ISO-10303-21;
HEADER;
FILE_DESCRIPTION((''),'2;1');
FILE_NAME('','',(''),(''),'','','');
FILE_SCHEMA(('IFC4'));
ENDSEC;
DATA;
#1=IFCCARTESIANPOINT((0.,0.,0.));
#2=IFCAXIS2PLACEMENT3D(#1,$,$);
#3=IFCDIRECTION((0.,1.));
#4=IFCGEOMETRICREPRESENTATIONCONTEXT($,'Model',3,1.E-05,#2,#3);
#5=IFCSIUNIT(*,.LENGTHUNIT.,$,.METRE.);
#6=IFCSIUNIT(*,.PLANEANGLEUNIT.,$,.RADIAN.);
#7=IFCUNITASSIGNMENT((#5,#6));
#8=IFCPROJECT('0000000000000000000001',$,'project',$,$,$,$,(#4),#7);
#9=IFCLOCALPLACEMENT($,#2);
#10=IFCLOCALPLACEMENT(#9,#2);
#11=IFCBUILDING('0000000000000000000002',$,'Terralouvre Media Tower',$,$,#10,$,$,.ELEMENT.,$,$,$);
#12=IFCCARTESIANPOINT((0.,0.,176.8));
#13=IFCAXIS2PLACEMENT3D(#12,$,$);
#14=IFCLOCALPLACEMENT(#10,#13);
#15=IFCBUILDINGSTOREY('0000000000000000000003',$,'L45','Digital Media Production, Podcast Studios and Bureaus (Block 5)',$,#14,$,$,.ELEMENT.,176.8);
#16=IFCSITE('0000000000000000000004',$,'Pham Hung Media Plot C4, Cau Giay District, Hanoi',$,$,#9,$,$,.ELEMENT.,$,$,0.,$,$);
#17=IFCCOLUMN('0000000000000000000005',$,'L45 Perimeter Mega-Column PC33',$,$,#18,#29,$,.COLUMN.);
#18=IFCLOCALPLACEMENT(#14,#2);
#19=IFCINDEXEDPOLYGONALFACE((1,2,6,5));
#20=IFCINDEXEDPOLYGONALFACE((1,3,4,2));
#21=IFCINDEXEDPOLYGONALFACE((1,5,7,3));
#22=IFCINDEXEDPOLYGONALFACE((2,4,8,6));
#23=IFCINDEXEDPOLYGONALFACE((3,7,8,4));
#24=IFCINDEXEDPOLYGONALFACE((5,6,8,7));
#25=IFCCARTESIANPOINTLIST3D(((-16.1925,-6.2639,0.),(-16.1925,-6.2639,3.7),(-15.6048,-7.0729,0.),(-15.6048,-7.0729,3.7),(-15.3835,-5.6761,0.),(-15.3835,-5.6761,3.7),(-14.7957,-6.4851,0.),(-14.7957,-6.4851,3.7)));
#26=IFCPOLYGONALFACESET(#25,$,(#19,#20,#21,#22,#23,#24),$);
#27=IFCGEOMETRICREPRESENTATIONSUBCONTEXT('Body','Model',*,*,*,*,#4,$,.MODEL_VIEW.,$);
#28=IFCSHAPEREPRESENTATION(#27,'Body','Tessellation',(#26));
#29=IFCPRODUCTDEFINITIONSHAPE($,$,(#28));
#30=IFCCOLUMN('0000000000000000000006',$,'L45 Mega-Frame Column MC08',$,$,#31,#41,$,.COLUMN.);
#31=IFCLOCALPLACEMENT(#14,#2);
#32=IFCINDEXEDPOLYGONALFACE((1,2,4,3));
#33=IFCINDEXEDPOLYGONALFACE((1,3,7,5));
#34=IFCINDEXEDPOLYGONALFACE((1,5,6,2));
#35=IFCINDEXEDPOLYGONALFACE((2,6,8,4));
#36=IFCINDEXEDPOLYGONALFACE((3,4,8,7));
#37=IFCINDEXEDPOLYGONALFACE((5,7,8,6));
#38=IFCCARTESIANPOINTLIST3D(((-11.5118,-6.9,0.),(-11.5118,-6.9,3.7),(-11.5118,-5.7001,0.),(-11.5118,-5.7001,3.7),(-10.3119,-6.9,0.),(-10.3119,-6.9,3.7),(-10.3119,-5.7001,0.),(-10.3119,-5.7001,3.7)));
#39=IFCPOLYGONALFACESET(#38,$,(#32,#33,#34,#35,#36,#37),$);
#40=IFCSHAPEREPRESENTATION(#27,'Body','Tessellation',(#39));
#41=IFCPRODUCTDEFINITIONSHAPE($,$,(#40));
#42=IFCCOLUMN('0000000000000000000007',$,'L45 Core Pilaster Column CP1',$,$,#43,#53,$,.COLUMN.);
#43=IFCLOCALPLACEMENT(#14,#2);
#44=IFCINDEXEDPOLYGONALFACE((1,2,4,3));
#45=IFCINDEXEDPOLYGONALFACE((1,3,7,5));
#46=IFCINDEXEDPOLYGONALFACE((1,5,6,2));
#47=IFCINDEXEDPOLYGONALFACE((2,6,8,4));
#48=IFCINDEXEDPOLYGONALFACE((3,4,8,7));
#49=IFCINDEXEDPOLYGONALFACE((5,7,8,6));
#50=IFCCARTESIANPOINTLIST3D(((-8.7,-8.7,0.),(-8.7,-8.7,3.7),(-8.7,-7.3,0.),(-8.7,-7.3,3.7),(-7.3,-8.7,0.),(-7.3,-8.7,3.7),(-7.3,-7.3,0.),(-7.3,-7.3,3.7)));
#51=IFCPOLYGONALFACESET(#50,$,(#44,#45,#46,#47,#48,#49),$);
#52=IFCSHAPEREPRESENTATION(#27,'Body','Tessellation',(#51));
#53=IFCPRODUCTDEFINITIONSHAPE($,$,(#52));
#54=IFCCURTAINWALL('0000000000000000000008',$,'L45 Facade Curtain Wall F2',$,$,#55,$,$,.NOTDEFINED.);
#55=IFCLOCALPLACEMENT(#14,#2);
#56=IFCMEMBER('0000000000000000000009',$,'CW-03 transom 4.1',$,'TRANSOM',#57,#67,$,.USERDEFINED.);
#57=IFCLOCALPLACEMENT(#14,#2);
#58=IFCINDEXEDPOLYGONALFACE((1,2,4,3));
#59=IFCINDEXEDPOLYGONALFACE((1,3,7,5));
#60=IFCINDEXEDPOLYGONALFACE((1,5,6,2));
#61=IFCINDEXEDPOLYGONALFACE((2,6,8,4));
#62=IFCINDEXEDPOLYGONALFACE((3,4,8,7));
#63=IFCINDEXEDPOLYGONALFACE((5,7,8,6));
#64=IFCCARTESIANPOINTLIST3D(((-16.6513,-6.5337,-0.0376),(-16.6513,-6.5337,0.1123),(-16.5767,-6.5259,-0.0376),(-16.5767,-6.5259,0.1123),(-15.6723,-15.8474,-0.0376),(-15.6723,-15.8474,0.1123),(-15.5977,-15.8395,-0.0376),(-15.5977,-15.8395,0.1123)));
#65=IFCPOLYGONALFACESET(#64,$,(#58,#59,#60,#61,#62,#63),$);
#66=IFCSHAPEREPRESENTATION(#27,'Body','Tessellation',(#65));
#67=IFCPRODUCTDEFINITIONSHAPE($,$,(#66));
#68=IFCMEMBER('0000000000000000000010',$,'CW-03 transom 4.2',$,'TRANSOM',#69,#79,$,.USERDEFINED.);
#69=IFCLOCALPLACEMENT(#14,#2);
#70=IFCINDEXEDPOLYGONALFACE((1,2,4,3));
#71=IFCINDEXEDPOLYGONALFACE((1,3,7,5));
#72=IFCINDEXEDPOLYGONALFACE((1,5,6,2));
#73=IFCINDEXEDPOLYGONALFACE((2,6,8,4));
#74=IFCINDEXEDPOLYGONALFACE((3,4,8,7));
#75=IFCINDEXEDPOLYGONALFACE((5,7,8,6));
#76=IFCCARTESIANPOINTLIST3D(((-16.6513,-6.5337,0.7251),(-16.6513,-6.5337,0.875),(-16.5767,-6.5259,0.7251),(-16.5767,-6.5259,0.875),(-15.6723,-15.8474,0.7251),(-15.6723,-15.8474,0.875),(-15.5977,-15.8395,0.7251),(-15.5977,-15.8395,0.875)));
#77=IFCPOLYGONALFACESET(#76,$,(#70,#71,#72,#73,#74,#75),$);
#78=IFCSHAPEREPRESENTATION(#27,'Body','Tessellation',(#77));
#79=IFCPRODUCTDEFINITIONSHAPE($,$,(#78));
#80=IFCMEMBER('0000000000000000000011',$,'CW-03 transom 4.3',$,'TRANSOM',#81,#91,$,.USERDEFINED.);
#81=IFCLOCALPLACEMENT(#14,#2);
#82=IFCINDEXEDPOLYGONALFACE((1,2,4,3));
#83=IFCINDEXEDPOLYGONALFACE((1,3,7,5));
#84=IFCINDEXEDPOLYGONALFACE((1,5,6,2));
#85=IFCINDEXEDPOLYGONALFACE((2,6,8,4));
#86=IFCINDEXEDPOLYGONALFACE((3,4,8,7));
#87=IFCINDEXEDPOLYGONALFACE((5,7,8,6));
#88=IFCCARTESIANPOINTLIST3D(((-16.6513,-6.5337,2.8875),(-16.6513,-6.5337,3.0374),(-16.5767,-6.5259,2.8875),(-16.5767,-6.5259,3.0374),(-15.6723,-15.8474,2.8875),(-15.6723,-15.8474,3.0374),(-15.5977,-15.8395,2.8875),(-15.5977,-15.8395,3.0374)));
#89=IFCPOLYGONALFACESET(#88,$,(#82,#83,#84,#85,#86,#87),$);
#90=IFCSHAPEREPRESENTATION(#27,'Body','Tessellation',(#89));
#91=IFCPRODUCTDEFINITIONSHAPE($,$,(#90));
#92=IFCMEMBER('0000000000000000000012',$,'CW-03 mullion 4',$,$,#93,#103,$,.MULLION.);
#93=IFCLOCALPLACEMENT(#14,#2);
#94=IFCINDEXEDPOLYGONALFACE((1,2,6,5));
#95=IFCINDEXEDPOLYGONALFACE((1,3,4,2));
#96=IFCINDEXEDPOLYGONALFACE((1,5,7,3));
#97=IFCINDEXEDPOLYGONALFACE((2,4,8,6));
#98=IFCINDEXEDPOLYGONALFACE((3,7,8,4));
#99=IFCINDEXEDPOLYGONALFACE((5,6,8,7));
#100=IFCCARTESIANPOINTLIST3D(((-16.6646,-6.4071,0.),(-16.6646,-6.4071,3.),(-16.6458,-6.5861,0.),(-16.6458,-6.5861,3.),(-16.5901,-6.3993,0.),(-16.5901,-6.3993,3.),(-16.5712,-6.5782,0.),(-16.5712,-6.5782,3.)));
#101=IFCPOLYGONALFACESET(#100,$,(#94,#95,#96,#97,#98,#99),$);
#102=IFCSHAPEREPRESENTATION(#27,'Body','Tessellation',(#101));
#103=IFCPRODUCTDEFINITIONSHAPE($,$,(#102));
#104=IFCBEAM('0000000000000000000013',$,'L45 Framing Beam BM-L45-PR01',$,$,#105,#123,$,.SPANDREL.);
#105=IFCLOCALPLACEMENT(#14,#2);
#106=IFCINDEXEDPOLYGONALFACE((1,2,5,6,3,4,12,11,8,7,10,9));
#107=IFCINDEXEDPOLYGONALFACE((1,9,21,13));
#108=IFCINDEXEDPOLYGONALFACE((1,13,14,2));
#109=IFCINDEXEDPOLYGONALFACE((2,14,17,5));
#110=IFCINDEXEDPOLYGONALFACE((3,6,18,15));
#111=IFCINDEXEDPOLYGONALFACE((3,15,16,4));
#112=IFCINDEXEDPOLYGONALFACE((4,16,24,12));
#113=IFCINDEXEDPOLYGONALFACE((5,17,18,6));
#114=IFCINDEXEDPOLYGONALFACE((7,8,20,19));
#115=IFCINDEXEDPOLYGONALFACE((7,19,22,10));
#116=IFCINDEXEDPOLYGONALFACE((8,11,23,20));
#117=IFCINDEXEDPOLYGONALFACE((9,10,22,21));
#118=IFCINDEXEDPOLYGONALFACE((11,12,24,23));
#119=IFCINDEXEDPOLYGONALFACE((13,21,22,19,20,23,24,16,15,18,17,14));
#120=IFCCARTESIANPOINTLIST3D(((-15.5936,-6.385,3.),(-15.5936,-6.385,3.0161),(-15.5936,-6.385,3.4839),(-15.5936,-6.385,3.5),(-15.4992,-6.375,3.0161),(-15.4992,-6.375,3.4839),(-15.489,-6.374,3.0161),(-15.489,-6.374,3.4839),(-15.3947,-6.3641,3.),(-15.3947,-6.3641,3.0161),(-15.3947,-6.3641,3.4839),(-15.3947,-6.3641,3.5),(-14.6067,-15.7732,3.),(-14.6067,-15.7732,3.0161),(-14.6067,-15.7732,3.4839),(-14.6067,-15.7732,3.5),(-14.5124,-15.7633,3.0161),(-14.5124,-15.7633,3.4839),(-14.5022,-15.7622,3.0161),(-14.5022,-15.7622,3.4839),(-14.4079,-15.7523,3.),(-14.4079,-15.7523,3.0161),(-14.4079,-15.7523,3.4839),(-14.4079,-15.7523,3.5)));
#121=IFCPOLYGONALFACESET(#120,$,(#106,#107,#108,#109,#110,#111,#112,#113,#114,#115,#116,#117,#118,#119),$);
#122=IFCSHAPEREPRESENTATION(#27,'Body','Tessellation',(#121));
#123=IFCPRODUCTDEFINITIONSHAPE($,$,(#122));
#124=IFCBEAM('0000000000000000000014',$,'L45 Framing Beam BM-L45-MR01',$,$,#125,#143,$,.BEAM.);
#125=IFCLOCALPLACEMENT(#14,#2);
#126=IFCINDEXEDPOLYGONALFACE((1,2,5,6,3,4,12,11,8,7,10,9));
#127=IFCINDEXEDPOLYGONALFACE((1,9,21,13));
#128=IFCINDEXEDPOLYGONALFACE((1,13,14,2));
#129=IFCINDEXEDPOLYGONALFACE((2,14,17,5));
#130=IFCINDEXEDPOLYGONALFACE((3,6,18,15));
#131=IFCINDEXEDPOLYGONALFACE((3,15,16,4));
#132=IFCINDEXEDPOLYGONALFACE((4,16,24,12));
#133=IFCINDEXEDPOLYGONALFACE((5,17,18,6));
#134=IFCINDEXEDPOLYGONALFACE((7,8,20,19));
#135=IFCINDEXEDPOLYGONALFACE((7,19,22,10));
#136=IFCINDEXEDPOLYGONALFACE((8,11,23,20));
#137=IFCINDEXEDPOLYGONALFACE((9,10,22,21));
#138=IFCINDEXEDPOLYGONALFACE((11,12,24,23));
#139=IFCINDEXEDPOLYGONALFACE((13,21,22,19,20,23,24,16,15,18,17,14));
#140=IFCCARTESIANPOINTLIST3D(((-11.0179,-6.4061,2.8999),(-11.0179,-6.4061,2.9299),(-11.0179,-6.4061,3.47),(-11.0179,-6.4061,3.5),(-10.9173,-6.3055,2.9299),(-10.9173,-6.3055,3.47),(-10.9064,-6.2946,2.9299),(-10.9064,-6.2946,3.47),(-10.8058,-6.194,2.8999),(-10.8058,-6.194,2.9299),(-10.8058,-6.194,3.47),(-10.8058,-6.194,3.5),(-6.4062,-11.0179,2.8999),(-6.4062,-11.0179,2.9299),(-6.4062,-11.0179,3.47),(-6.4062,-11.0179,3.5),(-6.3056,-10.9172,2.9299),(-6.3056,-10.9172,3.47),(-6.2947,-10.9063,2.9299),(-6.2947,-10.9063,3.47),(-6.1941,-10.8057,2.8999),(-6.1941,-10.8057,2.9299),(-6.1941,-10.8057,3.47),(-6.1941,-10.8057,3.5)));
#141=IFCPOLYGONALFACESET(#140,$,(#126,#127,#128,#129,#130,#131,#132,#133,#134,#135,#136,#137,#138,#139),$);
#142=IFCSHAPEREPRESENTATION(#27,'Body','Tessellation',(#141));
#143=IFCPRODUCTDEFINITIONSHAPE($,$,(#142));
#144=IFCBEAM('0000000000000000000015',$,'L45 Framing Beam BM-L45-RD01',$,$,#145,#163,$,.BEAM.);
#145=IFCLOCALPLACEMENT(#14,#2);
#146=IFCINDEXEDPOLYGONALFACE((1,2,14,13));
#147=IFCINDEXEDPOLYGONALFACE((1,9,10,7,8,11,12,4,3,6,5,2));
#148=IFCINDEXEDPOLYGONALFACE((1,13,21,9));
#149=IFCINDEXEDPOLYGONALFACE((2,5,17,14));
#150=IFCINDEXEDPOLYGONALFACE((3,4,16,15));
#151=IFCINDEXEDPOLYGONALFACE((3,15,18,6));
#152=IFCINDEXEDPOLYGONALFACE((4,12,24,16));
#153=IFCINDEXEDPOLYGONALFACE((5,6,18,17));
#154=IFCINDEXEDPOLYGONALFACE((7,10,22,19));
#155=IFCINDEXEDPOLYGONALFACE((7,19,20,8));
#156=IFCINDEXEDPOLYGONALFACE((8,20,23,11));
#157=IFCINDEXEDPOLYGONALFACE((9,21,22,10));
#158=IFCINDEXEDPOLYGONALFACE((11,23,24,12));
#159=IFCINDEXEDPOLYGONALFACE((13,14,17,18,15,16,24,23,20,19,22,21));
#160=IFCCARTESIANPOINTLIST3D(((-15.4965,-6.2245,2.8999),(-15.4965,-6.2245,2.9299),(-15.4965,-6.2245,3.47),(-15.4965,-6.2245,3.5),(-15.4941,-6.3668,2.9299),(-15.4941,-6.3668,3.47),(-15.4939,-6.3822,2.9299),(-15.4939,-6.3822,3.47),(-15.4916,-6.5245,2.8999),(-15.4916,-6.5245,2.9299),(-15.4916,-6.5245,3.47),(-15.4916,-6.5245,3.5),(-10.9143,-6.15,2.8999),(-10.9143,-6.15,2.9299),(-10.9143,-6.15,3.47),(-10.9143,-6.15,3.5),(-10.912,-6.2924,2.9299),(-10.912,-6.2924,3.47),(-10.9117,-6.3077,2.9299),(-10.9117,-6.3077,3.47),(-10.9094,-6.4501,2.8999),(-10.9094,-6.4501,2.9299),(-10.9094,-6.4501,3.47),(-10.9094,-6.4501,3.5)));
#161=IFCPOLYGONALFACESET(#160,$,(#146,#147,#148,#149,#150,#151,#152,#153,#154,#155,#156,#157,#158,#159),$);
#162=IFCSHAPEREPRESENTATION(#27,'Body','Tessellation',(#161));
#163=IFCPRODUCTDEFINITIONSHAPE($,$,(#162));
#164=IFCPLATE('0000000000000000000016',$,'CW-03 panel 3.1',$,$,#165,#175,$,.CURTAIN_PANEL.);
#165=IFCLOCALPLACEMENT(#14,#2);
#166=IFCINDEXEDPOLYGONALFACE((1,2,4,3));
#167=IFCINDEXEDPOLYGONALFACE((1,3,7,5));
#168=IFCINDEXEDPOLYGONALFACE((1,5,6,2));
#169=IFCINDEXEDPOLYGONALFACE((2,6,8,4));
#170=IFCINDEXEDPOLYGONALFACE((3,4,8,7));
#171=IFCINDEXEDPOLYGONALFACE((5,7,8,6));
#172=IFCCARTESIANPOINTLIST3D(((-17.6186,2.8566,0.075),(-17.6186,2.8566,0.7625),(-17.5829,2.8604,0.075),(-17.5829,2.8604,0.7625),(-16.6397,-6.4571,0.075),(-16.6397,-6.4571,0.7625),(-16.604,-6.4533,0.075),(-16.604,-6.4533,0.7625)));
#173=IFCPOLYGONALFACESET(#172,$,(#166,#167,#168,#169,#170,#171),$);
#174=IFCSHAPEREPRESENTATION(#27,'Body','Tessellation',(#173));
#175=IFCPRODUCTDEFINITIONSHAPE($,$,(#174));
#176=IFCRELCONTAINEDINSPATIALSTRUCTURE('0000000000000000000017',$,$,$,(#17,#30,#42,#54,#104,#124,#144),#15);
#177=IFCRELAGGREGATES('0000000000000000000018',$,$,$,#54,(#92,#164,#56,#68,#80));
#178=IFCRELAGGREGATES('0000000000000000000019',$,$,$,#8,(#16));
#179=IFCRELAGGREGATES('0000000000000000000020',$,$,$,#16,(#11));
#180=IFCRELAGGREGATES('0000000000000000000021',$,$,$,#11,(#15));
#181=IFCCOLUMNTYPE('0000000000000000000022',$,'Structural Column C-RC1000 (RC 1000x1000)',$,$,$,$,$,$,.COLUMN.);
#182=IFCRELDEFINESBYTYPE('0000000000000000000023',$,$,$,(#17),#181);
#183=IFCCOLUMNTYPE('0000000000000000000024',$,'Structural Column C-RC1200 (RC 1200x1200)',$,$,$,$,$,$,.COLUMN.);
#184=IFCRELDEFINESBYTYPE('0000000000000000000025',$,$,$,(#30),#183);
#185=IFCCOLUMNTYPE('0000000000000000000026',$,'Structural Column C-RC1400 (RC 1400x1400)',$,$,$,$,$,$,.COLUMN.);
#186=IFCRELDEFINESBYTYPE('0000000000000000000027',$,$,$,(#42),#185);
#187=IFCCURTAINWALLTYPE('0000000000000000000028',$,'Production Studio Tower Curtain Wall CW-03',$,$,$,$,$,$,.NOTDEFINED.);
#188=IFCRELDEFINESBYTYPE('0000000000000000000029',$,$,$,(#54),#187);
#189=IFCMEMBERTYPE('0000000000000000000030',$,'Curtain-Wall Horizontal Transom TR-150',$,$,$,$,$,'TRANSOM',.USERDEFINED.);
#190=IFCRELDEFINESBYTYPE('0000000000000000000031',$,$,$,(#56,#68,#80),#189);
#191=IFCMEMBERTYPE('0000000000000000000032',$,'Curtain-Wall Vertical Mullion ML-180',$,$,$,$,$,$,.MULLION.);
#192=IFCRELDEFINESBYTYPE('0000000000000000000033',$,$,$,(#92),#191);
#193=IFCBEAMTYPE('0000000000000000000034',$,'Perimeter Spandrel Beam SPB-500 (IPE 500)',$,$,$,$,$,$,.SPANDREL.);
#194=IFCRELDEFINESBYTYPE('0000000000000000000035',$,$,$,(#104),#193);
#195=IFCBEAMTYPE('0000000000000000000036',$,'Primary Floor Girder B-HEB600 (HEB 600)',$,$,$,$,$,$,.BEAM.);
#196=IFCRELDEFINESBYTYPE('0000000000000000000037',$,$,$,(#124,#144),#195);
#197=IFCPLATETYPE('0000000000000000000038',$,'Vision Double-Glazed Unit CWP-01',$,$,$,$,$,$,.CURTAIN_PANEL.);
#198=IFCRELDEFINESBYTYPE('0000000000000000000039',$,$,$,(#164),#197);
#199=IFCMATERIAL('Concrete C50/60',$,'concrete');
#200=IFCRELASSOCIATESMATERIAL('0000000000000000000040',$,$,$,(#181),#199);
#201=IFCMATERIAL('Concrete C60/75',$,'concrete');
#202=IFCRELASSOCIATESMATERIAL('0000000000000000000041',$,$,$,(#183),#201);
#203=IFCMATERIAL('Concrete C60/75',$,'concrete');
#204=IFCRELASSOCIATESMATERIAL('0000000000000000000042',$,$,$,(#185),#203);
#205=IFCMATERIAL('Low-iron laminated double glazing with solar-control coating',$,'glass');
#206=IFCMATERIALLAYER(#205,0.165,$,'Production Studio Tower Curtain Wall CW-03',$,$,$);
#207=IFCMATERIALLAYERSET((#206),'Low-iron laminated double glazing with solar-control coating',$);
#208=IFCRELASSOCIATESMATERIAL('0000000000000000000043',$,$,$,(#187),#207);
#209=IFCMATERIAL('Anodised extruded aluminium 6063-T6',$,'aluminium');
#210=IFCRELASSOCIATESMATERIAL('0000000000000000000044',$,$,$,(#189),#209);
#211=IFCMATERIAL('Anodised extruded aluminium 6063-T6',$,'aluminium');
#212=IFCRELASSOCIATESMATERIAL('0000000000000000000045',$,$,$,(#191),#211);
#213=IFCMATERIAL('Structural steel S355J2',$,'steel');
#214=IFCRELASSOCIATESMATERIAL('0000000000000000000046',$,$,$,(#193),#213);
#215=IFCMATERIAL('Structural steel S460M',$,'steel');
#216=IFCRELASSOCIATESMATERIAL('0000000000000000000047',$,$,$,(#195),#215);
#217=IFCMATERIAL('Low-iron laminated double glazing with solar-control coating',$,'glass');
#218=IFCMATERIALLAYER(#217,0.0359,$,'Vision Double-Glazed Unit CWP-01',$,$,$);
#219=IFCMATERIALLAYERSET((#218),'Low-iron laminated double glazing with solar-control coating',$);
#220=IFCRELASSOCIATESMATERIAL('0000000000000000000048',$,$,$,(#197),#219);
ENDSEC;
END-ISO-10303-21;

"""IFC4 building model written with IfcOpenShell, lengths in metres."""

from ifc_helpers import new_model, si_unit, direction, frame, origin, origin_2d, place, context, subcontext, project, spatial, rectangle, i_section, extrude, material, layer, layer_set, material_profile, profile_set, type_object, element, aggregate, save


model = new_model("IFC4")

# Units and contexts
model_context = context("Model", 3, precision=1e-05, world=origin(), true_north=direction((0.0, 1.0)))
body_context = subcontext(model_context, "Body", "Model", "MODEL_VIEW")
ifc_project = project(units=[si_unit("LENGTHUNIT", "METRE"), si_unit("PLANEANGLEUNIT", "RADIAN")], contexts=[model_context])

# Site, building, storey
site_placement = place(None, origin())
site = spatial("IfcSite", under=ifc_project, at=site_placement, Name="Pham Hung Media Plot C4, Cau Giay District, Hanoi", CompositionType="ELEMENT", RefElevation=0.0)
building_placement = place(site_placement, origin())
building = spatial("IfcBuilding", under=site, at=building_placement, Name="Terralouvre Media Tower", CompositionType="ELEMENT")
storey_placement = place(building_placement, frame((0.0, 0.0, 176.8)))
storey = spatial("IfcBuildingStorey", under=building, at=storey_placement, Name="L45", Description="Digital Media Production, Podcast Studios and Bureaus (Block 5)", CompositionType="ELEMENT", Elevation=176.8)

# Columns
ifc_material_1 = material(Name="Concrete C50/60", Category="concrete")
ifc_material_profile_1 = material_profile(ifc_material_1, rectangle(XDim=1.0, YDim=1.0, at=origin_2d()), Name="RC 1000x1000")
ifc_profile_set_1 = profile_set([ifc_material_profile_1], Name="Concrete C50/60")
column_type_1 = type_object("IfcColumnType", Name="Structural Column C-RC1000 (RC 1000x1000)", PredefinedType="COLUMN", material=ifc_profile_set_1)
column_1_placement = place(storey_placement, frame((-15.4941, -6.3745, 0.0), z_axis=(0.0, 0.0, 1.0), x_axis=(0.809017, 0.587785, 0.0)))
element("IfcColumn", 1, at=column_1_placement, inside=storey, type_object=column_type_1, Name="L45 Perimeter Mega-Column PC33", PredefinedType="COLUMN", context=body_context, shape_type="SweptSolid", body=[
    extrude(rectangle(XDim=1.0, YDim=1.0, at=origin_2d()), origin(), (0.0, 0.0, 1.0), 3.7),
])
ifc_material_2 = material(Name="Concrete C60/75", Category="concrete")
ifc_material_profile_2 = material_profile(ifc_material_2, rectangle(XDim=1.2, YDim=1.2, at=origin_2d()), Name="RC 1200x1200")
ifc_profile_set_2 = profile_set([ifc_material_profile_2], Name="Concrete C60/75")
column_type_2 = type_object("IfcColumnType", Name="Structural Column C-RC1200 (RC 1200x1200)", PredefinedType="COLUMN", material=ifc_profile_set_2)
column_2_placement = place(storey_placement, frame((-10.9119, -6.3, 0.0), z_axis=(0.0, 0.0, 1.0), x_axis=(1.0, 0.0, 0.0)))
element("IfcColumn", 2, at=column_2_placement, inside=storey, type_object=column_type_2, Name="L45 Mega-Frame Column MC08", PredefinedType="COLUMN", context=body_context, shape_type="SweptSolid", body=[
    extrude(rectangle(XDim=1.2, YDim=1.2, at=origin_2d()), origin(), (0.0, 0.0, 1.0), 3.7),
])
ifc_material_3 = material(Name="Concrete C60/75", Category="concrete")
ifc_material_profile_3 = material_profile(ifc_material_3, rectangle(XDim=1.3999, YDim=1.3999, at=origin_2d()), Name="RC 1400x1400")
ifc_profile_set_3 = profile_set([ifc_material_profile_3], Name="Concrete C60/75")
column_type_3 = type_object("IfcColumnType", Name="Structural Column C-RC1400 (RC 1400x1400)", PredefinedType="COLUMN", material=ifc_profile_set_3)
column_3_placement = place(storey_placement, frame((-8.0, -8.0, 0.0), z_axis=(0.0, 0.0, 1.0), x_axis=(1.0, 0.0, 0.0)))
element("IfcColumn", 3, at=column_3_placement, inside=storey, type_object=column_type_3, Name="L45 Core Pilaster Column CP1", PredefinedType="COLUMN", context=body_context, shape_type="SweptSolid", body=[
    extrude(rectangle(XDim=1.3999, YDim=1.3999, at=origin_2d()), origin(), (0.0, 0.0, 1.0), 3.7),
])

# Curtain wall, members
ifc_material_4 = material(Name="Low-iron laminated double glazing with solar-control coating", Category="glass")
ifc_layer_1 = layer(ifc_material_4, 0.165, Name="Production Studio Tower Curtain Wall CW-03")
ifc_layer_set_1 = layer_set([ifc_layer_1], Name="Low-iron laminated double glazing with solar-control coating")
curtain_wall_type = type_object("IfcCurtainWallType", Name="Production Studio Tower Curtain Wall CW-03", PredefinedType="NOTDEFINED", material=ifc_layer_set_1)
curtain_wall_placement = place(storey_placement, origin())
curtain_wall = element("IfcCurtainWall", 4, at=curtain_wall_placement, inside=storey, type_object=curtain_wall_type, Name="L45 Facade Curtain Wall F2", PredefinedType="NOTDEFINED")
ifc_material_5 = material(Name="Anodised extruded aluminium 6063-T6", Category="aluminium")
ifc_material_profile_4 = material_profile(ifc_material_5, rectangle(XDim=0.075, YDim=0.1499, at=origin_2d()), Name="ALU 75x150")
ifc_profile_set_4 = profile_set([ifc_material_profile_4], Name="Anodised extruded aluminium 6063-T6")
member_type_1 = type_object("IfcMemberType", Name="Curtain-Wall Horizontal Transom TR-150", ElementType="TRANSOM", PredefinedType="USERDEFINED", material=ifc_profile_set_4)
member_1_placement = place(storey_placement, frame((-16.614, -6.5298, 0.0374), z_axis=(0.104538, -0.994521, 0.0), x_axis=(0.994521, 0.104538, 0.0)))
member_1 = element("IfcMember", 5, at=member_1_placement, type_object=member_type_1, Name="CW-03 transom 4.1", ObjectType="TRANSOM", PredefinedType="USERDEFINED", context=body_context, shape_type="SweptSolid", body=[
    extrude(rectangle(XDim=0.075, YDim=0.1499, at=origin_2d()), origin(), (0.0, 0.0, 1.0), 9.365),
])
member_2_placement = place(storey_placement, frame((-16.614, -6.5298, 0.8), z_axis=(0.104538, -0.994521, 0.0), x_axis=(0.994521, 0.104538, 0.0)))
member_2 = element("IfcMember", 6, at=member_2_placement, type_object=member_type_1, Name="CW-03 transom 4.2", ObjectType="TRANSOM", PredefinedType="USERDEFINED", context=body_context, shape_type="SweptSolid", body=[
    extrude(rectangle(XDim=0.075, YDim=0.1499, at=origin_2d()), origin(), (0.0, 0.0, 1.0), 9.365),
])
member_3_placement = place(storey_placement, frame((-16.614, -6.5298, 2.9624), z_axis=(0.104538, -0.994521, 0.0), x_axis=(0.994521, 0.104538, 0.0)))
member_3 = element("IfcMember", 7, at=member_3_placement, type_object=member_type_1, Name="CW-03 transom 4.3", ObjectType="TRANSOM", PredefinedType="USERDEFINED", context=body_context, shape_type="SweptSolid", body=[
    extrude(rectangle(XDim=0.075, YDim=0.1499, at=origin_2d()), origin(), (0.0, 0.0, 1.0), 9.365),
])
ifc_material_6 = material(Name="Anodised extruded aluminium 6063-T6", Category="aluminium")
ifc_material_profile_5 = material_profile(ifc_material_6, rectangle(XDim=0.075, YDim=0.1799, at=origin_2d()), Name="ALU 75x180")
ifc_profile_set_5 = profile_set([ifc_material_profile_5], Name="Anodised extruded aluminium 6063-T6")
member_type_2 = type_object("IfcMemberType", Name="Curtain-Wall Vertical Mullion ML-180", PredefinedType="MULLION", material=ifc_profile_set_5)
member_4_placement = place(storey_placement, frame((-16.6179, -6.4927, 0.0), z_axis=(0.0, 0.0, 1.0), x_axis=(0.994522, 0.104528, 0.0)))
member_4 = element("IfcMember", 8, at=member_4_placement, type_object=member_type_2, Name="CW-03 mullion 4", PredefinedType="MULLION", context=body_context, shape_type="SweptSolid", body=[
    extrude(rectangle(XDim=0.075, YDim=0.1799, at=origin_2d()), origin(), (0.0, 0.0, 1.0), 3.0),
])

# Beams
ifc_material_7 = material(Name="Structural steel S355J2", Category="steel")
ifc_material_profile_6 = material_profile(ifc_material_7, i_section(OverallWidth=0.2, OverallDepth=0.5, WebThickness=0.0103, FlangeThickness=0.0161, at=origin_2d()), Name="IPE 500")
ifc_profile_set_6 = profile_set([ifc_material_profile_6], Name="Structural steel S355J2")
beam_type_1 = type_object("IfcBeamType", Name="Perimeter Spandrel Beam SPB-500 (IPE 500)", PredefinedType="SPANDREL", material=ifc_profile_set_6)
beam_1_placement = place(storey_placement, frame((-15.4941, -6.3745, 3.25), z_axis=(0.104537, -0.994521, 0.0), x_axis=(0.994521, 0.104537, 0.0)))
element("IfcBeam", 9, at=beam_1_placement, inside=storey, type_object=beam_type_1, Name="L45 Framing Beam BM-L45-PR01", PredefinedType="SPANDREL", context=body_context, shape_type="SweptSolid", body=[
    extrude(i_section(OverallWidth=0.2, OverallDepth=0.5, WebThickness=0.0103, FlangeThickness=0.0161, at=origin_2d()), origin(), (0.0, 0.0, 1.0), 9.4399),
])
ifc_material_8 = material(Name="Structural steel S460M", Category="steel")
ifc_material_profile_7 = material_profile(ifc_material_8, i_section(OverallWidth=0.3, OverallDepth=0.6001, WebThickness=0.0154, FlangeThickness=0.03, at=origin_2d()), Name="HEB 600")
ifc_profile_set_7 = profile_set([ifc_material_profile_7], Name="Structural steel S460M")
beam_type_2 = type_object("IfcBeamType", Name="Primary Floor Girder B-HEB600 (HEB 600)", PredefinedType="BEAM", material=ifc_profile_set_7)
beam_2_placement = place(storey_placement, frame((-10.9119, -6.3, 3.2), z_axis=(0.707107, -0.707107, 0.0), x_axis=(0.707107, 0.707107, 0.0)))
element("IfcBeam", 10, at=beam_2_placement, inside=storey, type_object=beam_type_2, Name="L45 Framing Beam BM-L45-MR01", PredefinedType="BEAM", context=body_context, shape_type="SweptSolid", body=[
    extrude(i_section(OverallWidth=0.3, OverallDepth=0.6001, WebThickness=0.0154, FlangeThickness=0.03, at=origin_2d()), origin(), (0.0, 0.0, 1.0), 6.522),
])
beam_3_placement = place(storey_placement, frame((-10.9119, -6.3, 3.2), z_axis=(-0.999868, -0.016248, 0.0), x_axis=(0.016248, -0.999868, 0.0)))
element("IfcBeam", 11, at=beam_3_placement, inside=storey, type_object=beam_type_2, Name="L45 Framing Beam BM-L45-RD01", PredefinedType="BEAM", context=body_context, shape_type="SweptSolid", body=[
    extrude(i_section(OverallWidth=0.3, OverallDepth=0.6001, WebThickness=0.0154, FlangeThickness=0.03, at=origin_2d()), origin(), (0.0, 0.0, 1.0), 4.5828),
])

# Plate
ifc_material_9 = material(Name="Low-iron laminated double glazing with solar-control coating", Category="glass")
ifc_layer_2 = layer(ifc_material_9, 0.0359, Name="Vision Double-Glazed Unit CWP-01")
ifc_layer_set_2 = layer_set([ifc_layer_2], Name="Low-iron laminated double glazing with solar-control coating")
plate_type = type_object("IfcPlateType", Name="Vision Double-Glazed Unit CWP-01", PredefinedType="CURTAIN_PANEL", material=ifc_layer_set_2)
plate_1_placement = place(storey_placement, frame((-17.1113, -1.7983, 0.075), z_axis=(0.0, 0.0, 1.0), x_axis=(0.104528, -0.994522, 0.0)))
plate_1 = element("IfcPlate", 12, at=plate_1_placement, type_object=plate_type, Name="CW-03 panel 3.1", PredefinedType="CURTAIN_PANEL", context=body_context, shape_type="SweptSolid", body=[
    extrude(rectangle(XDim=9.365, YDim=0.0359, at=origin_2d()), origin(), (0.0, 0.0, 1.0), 0.6875),
])
aggregate(curtain_wall, [member_4, plate_1, member_1, member_2, member_3])

save(model, "model.ifc")
